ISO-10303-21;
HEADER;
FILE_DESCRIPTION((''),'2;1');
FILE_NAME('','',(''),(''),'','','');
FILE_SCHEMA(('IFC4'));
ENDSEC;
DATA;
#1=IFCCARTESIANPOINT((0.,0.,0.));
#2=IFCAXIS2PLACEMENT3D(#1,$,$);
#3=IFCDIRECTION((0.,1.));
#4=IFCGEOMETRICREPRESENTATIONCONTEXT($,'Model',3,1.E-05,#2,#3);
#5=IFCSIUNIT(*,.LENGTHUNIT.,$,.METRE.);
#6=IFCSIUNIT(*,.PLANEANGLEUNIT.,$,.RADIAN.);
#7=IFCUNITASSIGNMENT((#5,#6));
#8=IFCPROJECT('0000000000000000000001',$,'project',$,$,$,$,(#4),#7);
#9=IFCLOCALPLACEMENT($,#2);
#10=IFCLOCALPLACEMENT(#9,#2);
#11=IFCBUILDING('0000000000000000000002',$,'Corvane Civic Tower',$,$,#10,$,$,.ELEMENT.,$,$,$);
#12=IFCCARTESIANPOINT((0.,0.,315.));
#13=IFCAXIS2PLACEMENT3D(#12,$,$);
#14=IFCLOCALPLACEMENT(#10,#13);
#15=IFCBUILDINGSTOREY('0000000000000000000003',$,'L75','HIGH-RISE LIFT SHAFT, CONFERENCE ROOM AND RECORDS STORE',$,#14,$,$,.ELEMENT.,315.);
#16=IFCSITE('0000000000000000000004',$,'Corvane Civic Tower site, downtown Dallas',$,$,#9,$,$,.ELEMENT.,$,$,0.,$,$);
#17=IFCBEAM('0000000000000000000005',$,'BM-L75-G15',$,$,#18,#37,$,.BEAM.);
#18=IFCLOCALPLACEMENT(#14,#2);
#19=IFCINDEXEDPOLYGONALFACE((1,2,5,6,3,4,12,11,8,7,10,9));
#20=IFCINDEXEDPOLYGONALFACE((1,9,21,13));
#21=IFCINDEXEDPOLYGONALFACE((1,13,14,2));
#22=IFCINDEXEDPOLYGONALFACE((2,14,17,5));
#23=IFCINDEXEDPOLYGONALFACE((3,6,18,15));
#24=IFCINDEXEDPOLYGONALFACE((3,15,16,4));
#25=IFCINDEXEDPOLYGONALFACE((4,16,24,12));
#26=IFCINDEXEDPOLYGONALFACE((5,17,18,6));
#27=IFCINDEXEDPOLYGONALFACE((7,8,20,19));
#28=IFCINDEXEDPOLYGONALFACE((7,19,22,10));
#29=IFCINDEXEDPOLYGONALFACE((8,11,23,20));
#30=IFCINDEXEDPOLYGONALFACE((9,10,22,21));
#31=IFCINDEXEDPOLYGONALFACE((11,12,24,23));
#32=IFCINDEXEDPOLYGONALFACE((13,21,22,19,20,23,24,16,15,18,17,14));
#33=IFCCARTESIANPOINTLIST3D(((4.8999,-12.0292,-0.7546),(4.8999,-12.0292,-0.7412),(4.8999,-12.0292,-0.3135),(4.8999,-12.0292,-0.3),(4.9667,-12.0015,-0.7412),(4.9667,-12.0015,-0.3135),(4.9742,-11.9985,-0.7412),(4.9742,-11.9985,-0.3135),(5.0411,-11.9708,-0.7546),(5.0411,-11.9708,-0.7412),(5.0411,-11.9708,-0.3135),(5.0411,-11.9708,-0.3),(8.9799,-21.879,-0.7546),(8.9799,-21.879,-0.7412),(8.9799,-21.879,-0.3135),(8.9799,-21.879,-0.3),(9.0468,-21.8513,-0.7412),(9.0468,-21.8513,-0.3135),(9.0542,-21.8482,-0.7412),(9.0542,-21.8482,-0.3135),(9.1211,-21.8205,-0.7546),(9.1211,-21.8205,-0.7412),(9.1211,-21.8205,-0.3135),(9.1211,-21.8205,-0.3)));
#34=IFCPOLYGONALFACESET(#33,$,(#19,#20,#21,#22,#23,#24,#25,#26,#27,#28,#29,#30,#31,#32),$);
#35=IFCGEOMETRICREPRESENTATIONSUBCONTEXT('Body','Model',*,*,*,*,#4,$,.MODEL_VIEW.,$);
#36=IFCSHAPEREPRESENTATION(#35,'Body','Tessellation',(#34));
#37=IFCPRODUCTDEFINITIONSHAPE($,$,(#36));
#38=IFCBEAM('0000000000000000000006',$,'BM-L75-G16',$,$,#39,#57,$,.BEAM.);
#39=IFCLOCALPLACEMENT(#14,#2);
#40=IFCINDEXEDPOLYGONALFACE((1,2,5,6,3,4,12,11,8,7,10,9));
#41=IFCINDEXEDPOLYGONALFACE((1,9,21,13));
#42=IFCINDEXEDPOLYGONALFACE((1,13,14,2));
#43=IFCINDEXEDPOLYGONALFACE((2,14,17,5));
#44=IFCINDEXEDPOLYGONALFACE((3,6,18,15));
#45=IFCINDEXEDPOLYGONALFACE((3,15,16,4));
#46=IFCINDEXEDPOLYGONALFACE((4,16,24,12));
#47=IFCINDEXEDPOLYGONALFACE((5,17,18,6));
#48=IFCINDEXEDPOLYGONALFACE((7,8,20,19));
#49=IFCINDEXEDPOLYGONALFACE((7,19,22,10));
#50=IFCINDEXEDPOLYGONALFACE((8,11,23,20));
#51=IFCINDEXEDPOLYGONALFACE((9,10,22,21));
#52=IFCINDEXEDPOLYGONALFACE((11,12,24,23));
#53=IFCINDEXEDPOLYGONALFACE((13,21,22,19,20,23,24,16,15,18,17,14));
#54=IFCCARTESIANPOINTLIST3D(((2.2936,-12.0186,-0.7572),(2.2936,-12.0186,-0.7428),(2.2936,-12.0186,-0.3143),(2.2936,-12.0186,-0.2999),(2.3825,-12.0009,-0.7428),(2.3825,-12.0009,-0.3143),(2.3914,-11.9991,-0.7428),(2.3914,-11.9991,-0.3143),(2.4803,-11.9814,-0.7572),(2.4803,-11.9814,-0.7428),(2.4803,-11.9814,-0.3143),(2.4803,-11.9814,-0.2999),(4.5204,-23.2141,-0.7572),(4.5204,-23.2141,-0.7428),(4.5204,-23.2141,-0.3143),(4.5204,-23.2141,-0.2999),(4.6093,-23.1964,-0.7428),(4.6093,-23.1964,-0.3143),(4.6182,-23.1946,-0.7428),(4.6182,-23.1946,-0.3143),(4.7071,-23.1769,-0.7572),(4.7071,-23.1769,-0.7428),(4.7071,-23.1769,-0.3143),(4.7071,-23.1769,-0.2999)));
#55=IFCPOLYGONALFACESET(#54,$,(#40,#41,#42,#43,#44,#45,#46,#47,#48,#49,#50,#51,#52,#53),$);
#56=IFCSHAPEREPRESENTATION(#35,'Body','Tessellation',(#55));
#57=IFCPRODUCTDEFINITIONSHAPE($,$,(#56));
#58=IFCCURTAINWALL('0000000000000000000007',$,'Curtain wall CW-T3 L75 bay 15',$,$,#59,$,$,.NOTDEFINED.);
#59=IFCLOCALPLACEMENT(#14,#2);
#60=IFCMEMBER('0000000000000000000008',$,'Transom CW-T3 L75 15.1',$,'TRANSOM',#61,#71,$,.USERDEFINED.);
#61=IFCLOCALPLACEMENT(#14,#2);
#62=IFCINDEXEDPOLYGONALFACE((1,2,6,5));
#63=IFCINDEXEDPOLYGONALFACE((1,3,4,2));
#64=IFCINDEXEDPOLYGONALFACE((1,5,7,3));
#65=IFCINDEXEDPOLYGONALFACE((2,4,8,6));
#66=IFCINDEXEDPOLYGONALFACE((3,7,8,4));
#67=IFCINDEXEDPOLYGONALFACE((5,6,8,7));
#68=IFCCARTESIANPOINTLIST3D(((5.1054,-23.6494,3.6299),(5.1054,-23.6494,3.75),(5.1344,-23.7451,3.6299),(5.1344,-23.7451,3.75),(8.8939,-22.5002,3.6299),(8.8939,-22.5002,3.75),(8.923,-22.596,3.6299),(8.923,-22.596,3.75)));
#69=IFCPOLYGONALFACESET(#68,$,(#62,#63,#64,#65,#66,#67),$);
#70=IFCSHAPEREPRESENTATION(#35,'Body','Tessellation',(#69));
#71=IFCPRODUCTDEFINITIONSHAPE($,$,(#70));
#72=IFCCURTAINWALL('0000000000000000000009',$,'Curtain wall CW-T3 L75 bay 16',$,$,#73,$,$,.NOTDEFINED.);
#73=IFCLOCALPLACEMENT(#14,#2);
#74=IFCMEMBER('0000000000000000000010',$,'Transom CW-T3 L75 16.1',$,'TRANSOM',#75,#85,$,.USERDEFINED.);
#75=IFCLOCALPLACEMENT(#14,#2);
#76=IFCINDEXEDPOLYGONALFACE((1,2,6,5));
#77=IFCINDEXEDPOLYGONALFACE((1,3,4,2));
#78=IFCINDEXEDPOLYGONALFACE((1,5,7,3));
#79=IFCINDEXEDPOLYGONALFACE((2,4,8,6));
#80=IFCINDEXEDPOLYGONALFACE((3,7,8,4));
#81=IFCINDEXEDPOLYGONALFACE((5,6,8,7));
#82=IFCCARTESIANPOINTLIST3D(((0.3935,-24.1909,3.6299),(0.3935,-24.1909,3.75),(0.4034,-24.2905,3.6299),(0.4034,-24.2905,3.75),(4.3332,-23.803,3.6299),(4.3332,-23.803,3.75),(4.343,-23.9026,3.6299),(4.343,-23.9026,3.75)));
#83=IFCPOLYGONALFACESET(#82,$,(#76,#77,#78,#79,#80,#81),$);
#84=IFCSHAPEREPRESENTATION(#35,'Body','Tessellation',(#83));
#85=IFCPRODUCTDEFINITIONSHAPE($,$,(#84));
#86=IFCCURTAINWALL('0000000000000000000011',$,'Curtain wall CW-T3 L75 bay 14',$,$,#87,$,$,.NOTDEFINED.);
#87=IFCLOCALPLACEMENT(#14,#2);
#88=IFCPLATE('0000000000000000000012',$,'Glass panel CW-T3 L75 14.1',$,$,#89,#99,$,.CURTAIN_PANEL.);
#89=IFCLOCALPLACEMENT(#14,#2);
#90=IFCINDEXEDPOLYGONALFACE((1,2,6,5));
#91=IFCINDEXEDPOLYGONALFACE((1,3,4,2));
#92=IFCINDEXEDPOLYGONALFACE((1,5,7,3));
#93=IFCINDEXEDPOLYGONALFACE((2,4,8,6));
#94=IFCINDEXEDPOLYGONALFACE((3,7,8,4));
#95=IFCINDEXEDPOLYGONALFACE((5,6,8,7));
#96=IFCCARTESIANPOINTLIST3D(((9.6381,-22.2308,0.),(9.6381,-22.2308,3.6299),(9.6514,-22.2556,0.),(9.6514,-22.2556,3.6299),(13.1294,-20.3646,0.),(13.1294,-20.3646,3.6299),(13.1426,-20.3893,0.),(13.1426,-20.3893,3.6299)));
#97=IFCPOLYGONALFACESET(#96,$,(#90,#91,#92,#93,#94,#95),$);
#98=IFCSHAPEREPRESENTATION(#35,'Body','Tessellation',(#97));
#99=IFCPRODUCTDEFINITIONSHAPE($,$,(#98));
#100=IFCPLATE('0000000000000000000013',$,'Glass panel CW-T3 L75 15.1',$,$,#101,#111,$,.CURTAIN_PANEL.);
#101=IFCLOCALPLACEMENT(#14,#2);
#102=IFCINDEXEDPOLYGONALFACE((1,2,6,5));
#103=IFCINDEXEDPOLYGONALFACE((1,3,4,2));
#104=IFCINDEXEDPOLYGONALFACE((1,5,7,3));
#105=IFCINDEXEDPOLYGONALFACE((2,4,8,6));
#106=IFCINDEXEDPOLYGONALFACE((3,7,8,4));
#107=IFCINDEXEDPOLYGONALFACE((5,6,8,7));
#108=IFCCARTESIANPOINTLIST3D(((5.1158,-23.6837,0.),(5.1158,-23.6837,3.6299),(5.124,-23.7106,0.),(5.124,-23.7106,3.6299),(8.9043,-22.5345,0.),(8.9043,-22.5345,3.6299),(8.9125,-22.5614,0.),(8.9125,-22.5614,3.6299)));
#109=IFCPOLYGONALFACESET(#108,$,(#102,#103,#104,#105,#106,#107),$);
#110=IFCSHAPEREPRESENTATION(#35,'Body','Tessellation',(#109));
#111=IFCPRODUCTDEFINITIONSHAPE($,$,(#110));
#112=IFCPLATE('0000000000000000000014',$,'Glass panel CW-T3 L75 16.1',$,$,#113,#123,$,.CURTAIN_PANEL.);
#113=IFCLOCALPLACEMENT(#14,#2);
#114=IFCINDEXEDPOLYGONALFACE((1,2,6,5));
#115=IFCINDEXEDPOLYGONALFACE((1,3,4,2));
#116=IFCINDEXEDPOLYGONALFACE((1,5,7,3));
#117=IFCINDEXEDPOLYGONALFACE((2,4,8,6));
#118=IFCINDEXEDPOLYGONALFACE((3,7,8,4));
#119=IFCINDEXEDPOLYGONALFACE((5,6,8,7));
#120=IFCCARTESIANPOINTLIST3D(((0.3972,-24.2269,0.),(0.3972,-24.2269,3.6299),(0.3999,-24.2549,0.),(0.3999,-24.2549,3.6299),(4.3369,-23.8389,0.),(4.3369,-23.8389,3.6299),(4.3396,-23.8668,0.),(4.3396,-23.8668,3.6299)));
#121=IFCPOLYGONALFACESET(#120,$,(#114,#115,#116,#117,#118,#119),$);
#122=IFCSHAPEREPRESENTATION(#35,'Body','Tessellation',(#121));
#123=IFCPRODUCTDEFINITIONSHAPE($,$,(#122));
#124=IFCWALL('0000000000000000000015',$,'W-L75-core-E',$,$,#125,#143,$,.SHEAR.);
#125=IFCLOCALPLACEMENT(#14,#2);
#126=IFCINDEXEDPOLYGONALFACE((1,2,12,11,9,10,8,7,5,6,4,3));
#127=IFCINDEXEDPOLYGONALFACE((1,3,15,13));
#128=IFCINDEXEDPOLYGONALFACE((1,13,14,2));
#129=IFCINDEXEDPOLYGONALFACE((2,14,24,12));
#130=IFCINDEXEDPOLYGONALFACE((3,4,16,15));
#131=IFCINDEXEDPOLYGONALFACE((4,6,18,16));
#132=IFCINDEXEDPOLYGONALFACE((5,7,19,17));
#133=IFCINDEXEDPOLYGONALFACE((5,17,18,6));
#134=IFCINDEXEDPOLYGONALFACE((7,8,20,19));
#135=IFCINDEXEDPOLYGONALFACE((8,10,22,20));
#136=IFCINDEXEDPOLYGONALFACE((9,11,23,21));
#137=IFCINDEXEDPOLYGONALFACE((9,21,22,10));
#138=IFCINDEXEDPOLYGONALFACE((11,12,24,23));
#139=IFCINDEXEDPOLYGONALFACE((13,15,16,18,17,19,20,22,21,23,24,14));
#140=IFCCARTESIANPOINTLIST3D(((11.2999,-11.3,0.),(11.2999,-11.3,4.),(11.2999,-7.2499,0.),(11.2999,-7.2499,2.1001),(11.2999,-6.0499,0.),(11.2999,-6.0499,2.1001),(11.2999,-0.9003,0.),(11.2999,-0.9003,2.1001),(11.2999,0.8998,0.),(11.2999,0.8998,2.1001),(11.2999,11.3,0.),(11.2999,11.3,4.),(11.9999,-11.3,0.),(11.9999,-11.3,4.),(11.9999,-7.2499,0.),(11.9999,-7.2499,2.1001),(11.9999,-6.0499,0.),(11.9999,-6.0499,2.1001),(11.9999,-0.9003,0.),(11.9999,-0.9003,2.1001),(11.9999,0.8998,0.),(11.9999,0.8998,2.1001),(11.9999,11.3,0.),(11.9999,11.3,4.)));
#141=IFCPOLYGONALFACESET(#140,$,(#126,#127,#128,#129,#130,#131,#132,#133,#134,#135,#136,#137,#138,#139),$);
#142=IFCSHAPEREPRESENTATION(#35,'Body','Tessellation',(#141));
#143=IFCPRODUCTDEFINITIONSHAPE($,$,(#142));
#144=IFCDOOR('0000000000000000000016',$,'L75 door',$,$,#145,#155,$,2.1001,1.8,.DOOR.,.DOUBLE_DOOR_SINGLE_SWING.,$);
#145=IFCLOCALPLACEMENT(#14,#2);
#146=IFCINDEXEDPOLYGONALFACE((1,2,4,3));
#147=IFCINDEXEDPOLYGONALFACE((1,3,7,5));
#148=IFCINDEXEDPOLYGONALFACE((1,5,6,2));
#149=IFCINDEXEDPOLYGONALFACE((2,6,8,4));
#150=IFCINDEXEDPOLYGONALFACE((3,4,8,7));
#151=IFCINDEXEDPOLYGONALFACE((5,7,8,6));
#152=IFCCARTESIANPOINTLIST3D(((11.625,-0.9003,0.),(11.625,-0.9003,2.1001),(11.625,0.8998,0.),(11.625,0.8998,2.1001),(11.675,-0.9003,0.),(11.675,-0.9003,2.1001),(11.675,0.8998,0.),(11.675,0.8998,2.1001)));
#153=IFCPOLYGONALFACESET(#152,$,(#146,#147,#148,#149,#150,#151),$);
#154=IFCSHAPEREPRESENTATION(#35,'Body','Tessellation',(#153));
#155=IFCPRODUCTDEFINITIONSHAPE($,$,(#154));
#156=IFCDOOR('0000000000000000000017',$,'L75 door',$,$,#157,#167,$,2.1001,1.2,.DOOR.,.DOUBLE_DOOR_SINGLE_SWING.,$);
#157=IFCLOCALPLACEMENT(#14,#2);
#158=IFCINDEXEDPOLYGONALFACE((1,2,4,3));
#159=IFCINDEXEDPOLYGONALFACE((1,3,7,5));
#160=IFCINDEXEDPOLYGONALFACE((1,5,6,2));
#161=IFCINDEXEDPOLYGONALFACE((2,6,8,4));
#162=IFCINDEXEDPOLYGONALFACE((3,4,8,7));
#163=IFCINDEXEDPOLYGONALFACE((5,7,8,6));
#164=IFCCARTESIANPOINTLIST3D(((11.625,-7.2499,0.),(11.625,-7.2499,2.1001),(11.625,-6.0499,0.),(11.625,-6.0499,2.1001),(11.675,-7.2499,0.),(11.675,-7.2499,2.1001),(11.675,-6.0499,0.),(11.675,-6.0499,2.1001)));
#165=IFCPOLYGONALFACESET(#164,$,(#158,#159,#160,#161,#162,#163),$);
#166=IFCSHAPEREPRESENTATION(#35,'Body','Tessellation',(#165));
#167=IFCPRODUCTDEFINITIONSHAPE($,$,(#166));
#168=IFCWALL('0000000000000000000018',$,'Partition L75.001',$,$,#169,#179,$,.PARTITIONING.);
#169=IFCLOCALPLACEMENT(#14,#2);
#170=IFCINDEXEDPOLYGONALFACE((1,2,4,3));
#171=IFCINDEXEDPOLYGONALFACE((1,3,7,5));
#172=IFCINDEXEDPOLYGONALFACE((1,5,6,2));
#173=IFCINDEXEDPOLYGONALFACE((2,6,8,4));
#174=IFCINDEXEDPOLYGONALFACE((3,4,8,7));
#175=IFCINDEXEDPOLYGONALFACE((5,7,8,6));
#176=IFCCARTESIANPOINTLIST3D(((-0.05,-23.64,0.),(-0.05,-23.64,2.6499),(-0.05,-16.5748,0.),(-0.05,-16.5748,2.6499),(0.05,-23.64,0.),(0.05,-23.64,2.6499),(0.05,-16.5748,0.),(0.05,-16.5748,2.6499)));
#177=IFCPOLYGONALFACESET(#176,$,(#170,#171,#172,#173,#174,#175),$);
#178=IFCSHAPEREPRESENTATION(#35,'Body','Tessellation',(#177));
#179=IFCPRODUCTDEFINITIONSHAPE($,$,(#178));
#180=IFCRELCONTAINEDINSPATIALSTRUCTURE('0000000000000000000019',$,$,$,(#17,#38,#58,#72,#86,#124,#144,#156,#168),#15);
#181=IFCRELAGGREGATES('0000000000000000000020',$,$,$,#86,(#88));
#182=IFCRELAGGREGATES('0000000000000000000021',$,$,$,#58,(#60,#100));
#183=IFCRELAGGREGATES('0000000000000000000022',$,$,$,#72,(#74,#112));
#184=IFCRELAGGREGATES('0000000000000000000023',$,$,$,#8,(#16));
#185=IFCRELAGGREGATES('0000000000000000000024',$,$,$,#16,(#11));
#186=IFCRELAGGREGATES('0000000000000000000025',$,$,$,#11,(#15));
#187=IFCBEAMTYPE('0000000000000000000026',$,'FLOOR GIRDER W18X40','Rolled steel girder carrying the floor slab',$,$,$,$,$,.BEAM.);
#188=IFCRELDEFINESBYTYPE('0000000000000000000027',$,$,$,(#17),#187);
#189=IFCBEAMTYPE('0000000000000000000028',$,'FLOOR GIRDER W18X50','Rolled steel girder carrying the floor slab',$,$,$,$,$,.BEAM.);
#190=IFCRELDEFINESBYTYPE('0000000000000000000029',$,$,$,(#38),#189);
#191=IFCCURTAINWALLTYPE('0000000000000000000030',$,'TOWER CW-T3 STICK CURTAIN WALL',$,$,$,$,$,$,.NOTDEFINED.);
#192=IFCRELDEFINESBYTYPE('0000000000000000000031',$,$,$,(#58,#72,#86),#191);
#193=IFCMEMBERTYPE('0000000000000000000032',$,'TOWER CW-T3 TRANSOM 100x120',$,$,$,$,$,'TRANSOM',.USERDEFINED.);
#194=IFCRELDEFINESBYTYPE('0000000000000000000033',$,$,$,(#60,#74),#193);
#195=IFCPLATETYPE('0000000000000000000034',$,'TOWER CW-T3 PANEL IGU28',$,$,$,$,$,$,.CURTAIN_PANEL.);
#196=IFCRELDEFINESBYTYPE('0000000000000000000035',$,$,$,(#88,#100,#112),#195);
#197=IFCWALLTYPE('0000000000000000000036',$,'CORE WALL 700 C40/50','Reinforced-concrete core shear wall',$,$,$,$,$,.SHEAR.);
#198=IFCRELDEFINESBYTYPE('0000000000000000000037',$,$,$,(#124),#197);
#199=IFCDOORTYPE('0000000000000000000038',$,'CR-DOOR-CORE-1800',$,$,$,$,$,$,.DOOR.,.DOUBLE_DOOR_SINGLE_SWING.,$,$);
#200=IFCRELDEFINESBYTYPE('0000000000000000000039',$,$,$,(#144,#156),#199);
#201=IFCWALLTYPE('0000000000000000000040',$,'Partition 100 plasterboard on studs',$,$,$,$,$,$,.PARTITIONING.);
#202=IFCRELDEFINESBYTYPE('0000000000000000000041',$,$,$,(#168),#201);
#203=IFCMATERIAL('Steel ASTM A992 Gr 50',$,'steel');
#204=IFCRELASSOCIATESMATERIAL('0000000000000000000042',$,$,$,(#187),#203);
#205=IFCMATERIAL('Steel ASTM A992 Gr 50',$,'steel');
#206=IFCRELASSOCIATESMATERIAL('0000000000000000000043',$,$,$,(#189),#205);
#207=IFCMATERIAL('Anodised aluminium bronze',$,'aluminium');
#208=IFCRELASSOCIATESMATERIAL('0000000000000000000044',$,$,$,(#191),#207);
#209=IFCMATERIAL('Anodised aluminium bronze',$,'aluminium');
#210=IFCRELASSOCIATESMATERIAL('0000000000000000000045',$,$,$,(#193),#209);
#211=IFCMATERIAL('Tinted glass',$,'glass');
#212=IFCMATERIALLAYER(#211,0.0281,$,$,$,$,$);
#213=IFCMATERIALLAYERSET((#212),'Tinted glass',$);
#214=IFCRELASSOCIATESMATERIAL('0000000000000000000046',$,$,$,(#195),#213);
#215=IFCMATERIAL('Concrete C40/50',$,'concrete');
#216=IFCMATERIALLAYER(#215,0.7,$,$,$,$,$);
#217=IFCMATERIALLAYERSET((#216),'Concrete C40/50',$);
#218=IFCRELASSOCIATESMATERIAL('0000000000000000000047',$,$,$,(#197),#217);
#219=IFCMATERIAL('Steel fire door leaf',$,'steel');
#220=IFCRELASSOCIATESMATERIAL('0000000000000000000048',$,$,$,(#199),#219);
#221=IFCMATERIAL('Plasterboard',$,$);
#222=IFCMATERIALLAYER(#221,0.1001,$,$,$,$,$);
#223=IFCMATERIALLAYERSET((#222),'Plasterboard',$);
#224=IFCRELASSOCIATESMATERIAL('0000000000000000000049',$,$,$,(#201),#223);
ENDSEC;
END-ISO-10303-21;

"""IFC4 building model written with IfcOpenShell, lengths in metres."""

from ifc_helpers import new_model, si_unit, direction, frame, frame_2d, origin, origin_2d, place, context, subcontext, project, spatial, rectangle, i_section, extrude, material, layer, layer_set, material_profile, profile_set, type_object, element, fill, aggregate, save


model = new_model("IFC4")

# Units and contexts
model_context = context("Model", 3, precision=1e-05, world=origin(), true_north=direction((0.0, 1.0)))
body_context = subcontext(model_context, "Body", "Model", "MODEL_VIEW")
ifc_project = project(units=[si_unit("LENGTHUNIT", "METRE"), si_unit("PLANEANGLEUNIT", "RADIAN")], contexts=[model_context])

# Site, building, storey
site_placement = place(None, origin())
site = spatial("IfcSite", under=ifc_project, at=site_placement, Name="Corvane Civic Tower site, downtown Dallas", CompositionType="ELEMENT", RefElevation=0.0)
building_placement = place(site_placement, origin())
building = spatial("IfcBuilding", under=site, at=building_placement, Name="Corvane Civic Tower", CompositionType="ELEMENT")
storey_placement = place(building_placement, frame((0.0, 0.0, 315.0)))
storey = spatial("IfcBuildingStorey", under=building, at=storey_placement, Name="L75", Description="HIGH-RISE LIFT SHAFT, CONFERENCE ROOM AND RECORDS STORE", CompositionType="ELEMENT", Elevation=315.0)

# Beams
ifc_material_1 = material(Name="Steel ASTM A992 Gr 50", Category="steel")
ifc_material_profile_1 = material_profile(ifc_material_1, i_section(OverallWidth=0.1528, OverallDepth=0.4546, WebThickness=0.0081, FlangeThickness=0.0134, at=origin_2d()), Name="W18X40")
ifc_profile_set_1 = profile_set([ifc_material_profile_1], Name="Steel ASTM A992 Gr 50")
beam_type_1 = type_object("IfcBeamType", Name="FLOOR GIRDER W18X40", Description="Rolled steel girder carrying the floor slab", PredefinedType="BEAM", material=ifc_profile_set_1)
beam_1_placement = place(storey_placement, frame((4.9705, -12.0, -0.5273), z_axis=(0.382694, -0.923875, 0.0), x_axis=(0.923875, 0.382694, 0.0)))
element("IfcBeam", 1, at=beam_1_placement, inside=storey, type_object=beam_type_1, Name="BM-L75-G15", PredefinedType="BEAM", context=body_context, shape_type="SweptSolid", body=[
    extrude(i_section(OverallWidth=0.1528, OverallDepth=0.4546, WebThickness=0.0081, FlangeThickness=0.0134, at=origin_2d()), origin(), (0.0, 0.0, 1.0), 10.6614),
])
ifc_material_2 = material(Name="Steel ASTM A992 Gr 50", Category="steel")
ifc_material_profile_2 = material_profile(ifc_material_2, i_section(OverallWidth=0.1904, OverallDepth=0.4573, WebThickness=0.009, FlangeThickness=0.0144, at=origin_2d()), Name="W18X50")
ifc_profile_set_2 = profile_set([ifc_material_profile_2], Name="Steel ASTM A992 Gr 50")
beam_type_2 = type_object("IfcBeamType", Name="FLOOR GIRDER W18X50", Description="Rolled steel girder carrying the floor slab", PredefinedType="BEAM", material=ifc_profile_set_2)
beam_2_placement = place(storey_placement, frame((2.387, -12.0, -0.5286), z_axis=(0.19508, -0.980787, 0.0), x_axis=(0.980787, 0.19508, 0.0)))
element("IfcBeam", 2, at=beam_2_placement, inside=storey, type_object=beam_type_2, Name="BM-L75-G16", PredefinedType="BEAM", context=body_context, shape_type="SweptSolid", body=[
    extrude(i_section(OverallWidth=0.1904, OverallDepth=0.4573, WebThickness=0.009, FlangeThickness=0.0144, at=origin_2d()), origin(), (0.0, 0.0, 1.0), 11.4148),
])

# Curtain walls, members
ifc_material_3 = material(Name="Anodised aluminium bronze", Category="aluminium")
curtain_wall_type = type_object("IfcCurtainWallType", Name="TOWER CW-T3 STICK CURTAIN WALL", PredefinedType="NOTDEFINED", material=ifc_material_3)
curtain_wall_1_placement = place(storey_placement, origin())
curtain_wall_1 = element("IfcCurtainWall", 3, at=curtain_wall_1_placement, inside=storey, type_object=curtain_wall_type, Name="Curtain wall CW-T3 L75 bay 15", PredefinedType="NOTDEFINED")
ifc_material_4 = material(Name="Anodised aluminium bronze", Category="aluminium")
ifc_material_profile_3 = material_profile(ifc_material_4, rectangle(XDim=0.1001, YDim=0.1201, at=origin_2d()), Name="TOWER CW-T3 TRANSOM 100x120")
ifc_profile_set_3 = profile_set([ifc_material_profile_3], Name="Anodised aluminium bronze")
member_type = type_object("IfcMemberType", Name="TOWER CW-T3 TRANSOM 100x120", ElementType="TRANSOM", PredefinedType="USERDEFINED", material=ifc_profile_set_3)
member_1_placement = place(storey_placement, frame((8.9084, -22.5481, 3.6899), z_axis=(-0.956946, -0.290266, 0.0), x_axis=(0.290266, -0.956946, 0.0)))
member_1 = element("IfcMember", 4, at=member_1_placement, type_object=member_type, Name="Transom CW-T3 L75 15.1", ObjectType="TRANSOM", PredefinedType="USERDEFINED", context=body_context, shape_type="SweptSolid", body=[
    extrude(rectangle(XDim=0.1001, YDim=0.1201, at=origin_2d()), origin(), (0.0, 0.0, 1.0), 3.959),
])
curtain_wall_2_placement = place(storey_placement, origin())
curtain_wall_2 = element("IfcCurtainWall", 5, at=curtain_wall_2_placement, inside=storey, type_object=curtain_wall_type, Name="Curtain wall CW-T3 L75 bay 16", PredefinedType="NOTDEFINED")
member_2_placement = place(storey_placement, frame((4.3381, -23.8528, 3.6899), z_axis=(-0.995187, -0.097995, 0.0), x_axis=(0.097995, -0.995187, 0.0)))
member_2 = element("IfcMember", 6, at=member_2_placement, type_object=member_type, Name="Transom CW-T3 L75 16.1", ObjectType="TRANSOM", PredefinedType="USERDEFINED", context=body_context, shape_type="SweptSolid", body=[
    extrude(rectangle(XDim=0.1001, YDim=0.1201, at=origin_2d()), origin(), (0.0, 0.0, 1.0), 3.9587),
])

# Curtain wall, plate
curtain_wall_3_placement = place(storey_placement, origin())
curtain_wall_3 = element("IfcCurtainWall", 7, at=curtain_wall_3_placement, inside=storey, type_object=curtain_wall_type, Name="Curtain wall CW-T3 L75 bay 14", PredefinedType="NOTDEFINED")
ifc_material_5 = material(Name="Tinted glass", Category="glass")
ifc_layer_1 = layer(ifc_material_5, 0.0281)
ifc_layer_set_1 = layer_set([ifc_layer_1], Name="Tinted glass")
plate_type = type_object("IfcPlateType", Name="TOWER CW-T3 PANEL IGU28", PredefinedType="CURTAIN_PANEL", material=ifc_layer_set_1)
plate_1_placement = place(storey_placement, frame((11.3904, -21.3101, 0.0), z_axis=(0.0, 0.0, 1.0), x_axis=(-0.881908, -0.471421, 0.0)))
plate_1 = element("IfcPlate", 8, at=plate_1_placement, type_object=plate_type, Name="Glass panel CW-T3 L75 14.1", PredefinedType="CURTAIN_PANEL", context=body_context, shape_type="SweptSolid", body=[
    extrude(rectangle(XDim=3.9587, YDim=0.0281, at=origin_2d()), origin(), (0.0, 0.0, 1.0), 3.6299),
])
aggregate(curtain_wall_3, [plate_1])

# Plates
plate_2_placement = place(storey_placement, frame((7.0142, -23.1226, 0.0), z_axis=(0.0, 0.0, 1.0), x_axis=(-0.956944, -0.290274, 0.0)))
plate_2 = element("IfcPlate", 9, at=plate_2_placement, type_object=plate_type, Name="Glass panel CW-T3 L75 15.1", PredefinedType="CURTAIN_PANEL", context=body_context, shape_type="SweptSolid", body=[
    extrude(rectangle(XDim=3.959, YDim=0.0281, at=origin_2d()), origin(), (0.0, 0.0, 1.0), 3.6299),
])
aggregate(curtain_wall_1, [member_1, plate_2])
plate_3_placement = place(storey_placement, frame((2.3684, -24.0469, 0.0), z_axis=(0.0, 0.0, 1.0), x_axis=(-0.995184, -0.098021, 0.0)))
plate_3 = element("IfcPlate", 10, at=plate_3_placement, type_object=plate_type, Name="Glass panel CW-T3 L75 16.1", PredefinedType="CURTAIN_PANEL", context=body_context, shape_type="SweptSolid", body=[
    extrude(rectangle(XDim=3.9587, YDim=0.0281, at=origin_2d()), origin(), (0.0, 0.0, 1.0), 3.6299),
])
aggregate(curtain_wall_2, [member_2, plate_3])

# Wall, openings, doors
ifc_material_6 = material(Name="Concrete C40/50", Category="concrete")
ifc_layer_2 = layer(ifc_material_6, 0.7)
ifc_layer_set_2 = layer_set([ifc_layer_2], Name="Concrete C40/50")
wall_type_1 = type_object("IfcWallType", Name="CORE WALL 700 C40/50", Description="Reinforced-concrete core shear wall", PredefinedType="SHEAR", material=ifc_layer_set_2)
wall_1_placement = place(storey_placement, frame((11.6499, -11.3, 0.0), z_axis=(0.0, 0.0, 1.0), x_axis=(0.0, 1.0, 0.0)))
wall_1 = element("IfcWall", 11, at=wall_1_placement, inside=storey, type_object=wall_type_1, Name="W-L75-core-E", PredefinedType="SHEAR", context=body_context, shape_type="SweptSolid", body=[
    extrude(rectangle(XDim=22.6001, YDim=0.7, at=frame_2d((11.3, 0.0))), origin(), (0.0, 0.0, 1.0), 4.0),
])
opening_1_placement = place(wall_1_placement, frame((10.3999, 0.0, 0.0)))
opening_1 = element("IfcOpeningElement", 12, at=opening_1_placement, cuts=wall_1, PredefinedType="OPENING", context=body_context, shape_type="SweptSolid", body=[
    extrude(rectangle(XDim=1.8, YDim=2.1001, at=frame_2d((0.8999, 1.05))), frame((0.0, 0.3599, 0.0), z_axis=(0.0, -1.0, 0.0), x_axis=(1.0, 0.0, 0.0)), (0.0, 0.0, 1.0), 0.72),
])
opening_2_placement = place(wall_1_placement, frame((4.05, 0.0, 0.0)))
opening_2 = element("IfcOpeningElement", 13, at=opening_2_placement, cuts=wall_1, PredefinedType="OPENING", context=body_context, shape_type="SweptSolid", body=[
    extrude(rectangle(XDim=1.2, YDim=2.1001, at=frame_2d((0.6001, 1.05))), frame((0.0, 0.3599, 0.0), z_axis=(0.0, -1.0, 0.0), x_axis=(1.0, 0.0, 0.0)), (0.0, 0.0, 1.0), 0.72),
])
ifc_material_7 = material(Name="Steel fire door leaf", Category="steel")
door_type = type_object("IfcDoorType", Name="CR-DOOR-CORE-1800", OperationType="DOUBLE_DOOR_SINGLE_SWING", PredefinedType="DOOR", material=ifc_material_7)
door_1_placement = place(opening_1_placement, origin())
door_1 = element("IfcDoor", 14, at=door_1_placement, inside=storey, type_object=door_type, Name="L75 door", OperationType="DOUBLE_DOOR_SINGLE_SWING", OverallHeight=2.1001, OverallWidth=1.8, PredefinedType="DOOR", context=body_context, shape_type="SweptSolid", body=[
    extrude(rectangle(XDim=1.8, YDim=2.1001, at=frame_2d((0.8999, 1.05))), frame((0.0, 0.0249, 0.0), z_axis=(0.0, -1.0, 0.0), x_axis=(1.0, 0.0, 0.0)), (0.0, 0.0, 1.0), 0.05),
])
fill(opening_1, door_1)
door_2_placement = place(opening_2_placement, origin())
door_2 = element("IfcDoor", 15, at=door_2_placement, inside=storey, type_object=door_type, Name="L75 door", OperationType="DOUBLE_DOOR_SINGLE_SWING", OverallHeight=2.1001, OverallWidth=1.2, PredefinedType="DOOR", context=body_context, shape_type="SweptSolid", body=[
    extrude(rectangle(XDim=1.2, YDim=2.1001, at=frame_2d((0.6001, 1.05))), frame((0.0, 0.0249, 0.0), z_axis=(0.0, -1.0, 0.0), x_axis=(1.0, 0.0, 0.0)), (0.0, 0.0, 1.0), 0.05),
])
fill(opening_2, door_2)

# Wall
ifc_material_8 = material(Name="Plasterboard")
ifc_layer_3 = layer(ifc_material_8, 0.1001)
ifc_layer_set_3 = layer_set([ifc_layer_3], Name="Plasterboard")
wall_type_2 = type_object("IfcWallType", Name="Partition 100 plasterboard on studs", PredefinedType="PARTITIONING", material=ifc_layer_set_3)
wall_2_placement = place(storey_placement, frame((0.0, -23.6401, 0.0), z_axis=(0.0, 0.0, 1.0), x_axis=(0.0, 1.0, 0.0)))
element("IfcWall", 16, at=wall_2_placement, inside=storey, type_object=wall_type_2, Name="Partition L75.001", PredefinedType="PARTITIONING", context=body_context, shape_type="SweptSolid", body=[
    extrude(rectangle(XDim=7.0652, YDim=0.1001, at=frame_2d((3.5327, 0.0))), origin(), (0.0, 0.0, 1.0), 2.6499),
])

save(model, "model.ifc")
